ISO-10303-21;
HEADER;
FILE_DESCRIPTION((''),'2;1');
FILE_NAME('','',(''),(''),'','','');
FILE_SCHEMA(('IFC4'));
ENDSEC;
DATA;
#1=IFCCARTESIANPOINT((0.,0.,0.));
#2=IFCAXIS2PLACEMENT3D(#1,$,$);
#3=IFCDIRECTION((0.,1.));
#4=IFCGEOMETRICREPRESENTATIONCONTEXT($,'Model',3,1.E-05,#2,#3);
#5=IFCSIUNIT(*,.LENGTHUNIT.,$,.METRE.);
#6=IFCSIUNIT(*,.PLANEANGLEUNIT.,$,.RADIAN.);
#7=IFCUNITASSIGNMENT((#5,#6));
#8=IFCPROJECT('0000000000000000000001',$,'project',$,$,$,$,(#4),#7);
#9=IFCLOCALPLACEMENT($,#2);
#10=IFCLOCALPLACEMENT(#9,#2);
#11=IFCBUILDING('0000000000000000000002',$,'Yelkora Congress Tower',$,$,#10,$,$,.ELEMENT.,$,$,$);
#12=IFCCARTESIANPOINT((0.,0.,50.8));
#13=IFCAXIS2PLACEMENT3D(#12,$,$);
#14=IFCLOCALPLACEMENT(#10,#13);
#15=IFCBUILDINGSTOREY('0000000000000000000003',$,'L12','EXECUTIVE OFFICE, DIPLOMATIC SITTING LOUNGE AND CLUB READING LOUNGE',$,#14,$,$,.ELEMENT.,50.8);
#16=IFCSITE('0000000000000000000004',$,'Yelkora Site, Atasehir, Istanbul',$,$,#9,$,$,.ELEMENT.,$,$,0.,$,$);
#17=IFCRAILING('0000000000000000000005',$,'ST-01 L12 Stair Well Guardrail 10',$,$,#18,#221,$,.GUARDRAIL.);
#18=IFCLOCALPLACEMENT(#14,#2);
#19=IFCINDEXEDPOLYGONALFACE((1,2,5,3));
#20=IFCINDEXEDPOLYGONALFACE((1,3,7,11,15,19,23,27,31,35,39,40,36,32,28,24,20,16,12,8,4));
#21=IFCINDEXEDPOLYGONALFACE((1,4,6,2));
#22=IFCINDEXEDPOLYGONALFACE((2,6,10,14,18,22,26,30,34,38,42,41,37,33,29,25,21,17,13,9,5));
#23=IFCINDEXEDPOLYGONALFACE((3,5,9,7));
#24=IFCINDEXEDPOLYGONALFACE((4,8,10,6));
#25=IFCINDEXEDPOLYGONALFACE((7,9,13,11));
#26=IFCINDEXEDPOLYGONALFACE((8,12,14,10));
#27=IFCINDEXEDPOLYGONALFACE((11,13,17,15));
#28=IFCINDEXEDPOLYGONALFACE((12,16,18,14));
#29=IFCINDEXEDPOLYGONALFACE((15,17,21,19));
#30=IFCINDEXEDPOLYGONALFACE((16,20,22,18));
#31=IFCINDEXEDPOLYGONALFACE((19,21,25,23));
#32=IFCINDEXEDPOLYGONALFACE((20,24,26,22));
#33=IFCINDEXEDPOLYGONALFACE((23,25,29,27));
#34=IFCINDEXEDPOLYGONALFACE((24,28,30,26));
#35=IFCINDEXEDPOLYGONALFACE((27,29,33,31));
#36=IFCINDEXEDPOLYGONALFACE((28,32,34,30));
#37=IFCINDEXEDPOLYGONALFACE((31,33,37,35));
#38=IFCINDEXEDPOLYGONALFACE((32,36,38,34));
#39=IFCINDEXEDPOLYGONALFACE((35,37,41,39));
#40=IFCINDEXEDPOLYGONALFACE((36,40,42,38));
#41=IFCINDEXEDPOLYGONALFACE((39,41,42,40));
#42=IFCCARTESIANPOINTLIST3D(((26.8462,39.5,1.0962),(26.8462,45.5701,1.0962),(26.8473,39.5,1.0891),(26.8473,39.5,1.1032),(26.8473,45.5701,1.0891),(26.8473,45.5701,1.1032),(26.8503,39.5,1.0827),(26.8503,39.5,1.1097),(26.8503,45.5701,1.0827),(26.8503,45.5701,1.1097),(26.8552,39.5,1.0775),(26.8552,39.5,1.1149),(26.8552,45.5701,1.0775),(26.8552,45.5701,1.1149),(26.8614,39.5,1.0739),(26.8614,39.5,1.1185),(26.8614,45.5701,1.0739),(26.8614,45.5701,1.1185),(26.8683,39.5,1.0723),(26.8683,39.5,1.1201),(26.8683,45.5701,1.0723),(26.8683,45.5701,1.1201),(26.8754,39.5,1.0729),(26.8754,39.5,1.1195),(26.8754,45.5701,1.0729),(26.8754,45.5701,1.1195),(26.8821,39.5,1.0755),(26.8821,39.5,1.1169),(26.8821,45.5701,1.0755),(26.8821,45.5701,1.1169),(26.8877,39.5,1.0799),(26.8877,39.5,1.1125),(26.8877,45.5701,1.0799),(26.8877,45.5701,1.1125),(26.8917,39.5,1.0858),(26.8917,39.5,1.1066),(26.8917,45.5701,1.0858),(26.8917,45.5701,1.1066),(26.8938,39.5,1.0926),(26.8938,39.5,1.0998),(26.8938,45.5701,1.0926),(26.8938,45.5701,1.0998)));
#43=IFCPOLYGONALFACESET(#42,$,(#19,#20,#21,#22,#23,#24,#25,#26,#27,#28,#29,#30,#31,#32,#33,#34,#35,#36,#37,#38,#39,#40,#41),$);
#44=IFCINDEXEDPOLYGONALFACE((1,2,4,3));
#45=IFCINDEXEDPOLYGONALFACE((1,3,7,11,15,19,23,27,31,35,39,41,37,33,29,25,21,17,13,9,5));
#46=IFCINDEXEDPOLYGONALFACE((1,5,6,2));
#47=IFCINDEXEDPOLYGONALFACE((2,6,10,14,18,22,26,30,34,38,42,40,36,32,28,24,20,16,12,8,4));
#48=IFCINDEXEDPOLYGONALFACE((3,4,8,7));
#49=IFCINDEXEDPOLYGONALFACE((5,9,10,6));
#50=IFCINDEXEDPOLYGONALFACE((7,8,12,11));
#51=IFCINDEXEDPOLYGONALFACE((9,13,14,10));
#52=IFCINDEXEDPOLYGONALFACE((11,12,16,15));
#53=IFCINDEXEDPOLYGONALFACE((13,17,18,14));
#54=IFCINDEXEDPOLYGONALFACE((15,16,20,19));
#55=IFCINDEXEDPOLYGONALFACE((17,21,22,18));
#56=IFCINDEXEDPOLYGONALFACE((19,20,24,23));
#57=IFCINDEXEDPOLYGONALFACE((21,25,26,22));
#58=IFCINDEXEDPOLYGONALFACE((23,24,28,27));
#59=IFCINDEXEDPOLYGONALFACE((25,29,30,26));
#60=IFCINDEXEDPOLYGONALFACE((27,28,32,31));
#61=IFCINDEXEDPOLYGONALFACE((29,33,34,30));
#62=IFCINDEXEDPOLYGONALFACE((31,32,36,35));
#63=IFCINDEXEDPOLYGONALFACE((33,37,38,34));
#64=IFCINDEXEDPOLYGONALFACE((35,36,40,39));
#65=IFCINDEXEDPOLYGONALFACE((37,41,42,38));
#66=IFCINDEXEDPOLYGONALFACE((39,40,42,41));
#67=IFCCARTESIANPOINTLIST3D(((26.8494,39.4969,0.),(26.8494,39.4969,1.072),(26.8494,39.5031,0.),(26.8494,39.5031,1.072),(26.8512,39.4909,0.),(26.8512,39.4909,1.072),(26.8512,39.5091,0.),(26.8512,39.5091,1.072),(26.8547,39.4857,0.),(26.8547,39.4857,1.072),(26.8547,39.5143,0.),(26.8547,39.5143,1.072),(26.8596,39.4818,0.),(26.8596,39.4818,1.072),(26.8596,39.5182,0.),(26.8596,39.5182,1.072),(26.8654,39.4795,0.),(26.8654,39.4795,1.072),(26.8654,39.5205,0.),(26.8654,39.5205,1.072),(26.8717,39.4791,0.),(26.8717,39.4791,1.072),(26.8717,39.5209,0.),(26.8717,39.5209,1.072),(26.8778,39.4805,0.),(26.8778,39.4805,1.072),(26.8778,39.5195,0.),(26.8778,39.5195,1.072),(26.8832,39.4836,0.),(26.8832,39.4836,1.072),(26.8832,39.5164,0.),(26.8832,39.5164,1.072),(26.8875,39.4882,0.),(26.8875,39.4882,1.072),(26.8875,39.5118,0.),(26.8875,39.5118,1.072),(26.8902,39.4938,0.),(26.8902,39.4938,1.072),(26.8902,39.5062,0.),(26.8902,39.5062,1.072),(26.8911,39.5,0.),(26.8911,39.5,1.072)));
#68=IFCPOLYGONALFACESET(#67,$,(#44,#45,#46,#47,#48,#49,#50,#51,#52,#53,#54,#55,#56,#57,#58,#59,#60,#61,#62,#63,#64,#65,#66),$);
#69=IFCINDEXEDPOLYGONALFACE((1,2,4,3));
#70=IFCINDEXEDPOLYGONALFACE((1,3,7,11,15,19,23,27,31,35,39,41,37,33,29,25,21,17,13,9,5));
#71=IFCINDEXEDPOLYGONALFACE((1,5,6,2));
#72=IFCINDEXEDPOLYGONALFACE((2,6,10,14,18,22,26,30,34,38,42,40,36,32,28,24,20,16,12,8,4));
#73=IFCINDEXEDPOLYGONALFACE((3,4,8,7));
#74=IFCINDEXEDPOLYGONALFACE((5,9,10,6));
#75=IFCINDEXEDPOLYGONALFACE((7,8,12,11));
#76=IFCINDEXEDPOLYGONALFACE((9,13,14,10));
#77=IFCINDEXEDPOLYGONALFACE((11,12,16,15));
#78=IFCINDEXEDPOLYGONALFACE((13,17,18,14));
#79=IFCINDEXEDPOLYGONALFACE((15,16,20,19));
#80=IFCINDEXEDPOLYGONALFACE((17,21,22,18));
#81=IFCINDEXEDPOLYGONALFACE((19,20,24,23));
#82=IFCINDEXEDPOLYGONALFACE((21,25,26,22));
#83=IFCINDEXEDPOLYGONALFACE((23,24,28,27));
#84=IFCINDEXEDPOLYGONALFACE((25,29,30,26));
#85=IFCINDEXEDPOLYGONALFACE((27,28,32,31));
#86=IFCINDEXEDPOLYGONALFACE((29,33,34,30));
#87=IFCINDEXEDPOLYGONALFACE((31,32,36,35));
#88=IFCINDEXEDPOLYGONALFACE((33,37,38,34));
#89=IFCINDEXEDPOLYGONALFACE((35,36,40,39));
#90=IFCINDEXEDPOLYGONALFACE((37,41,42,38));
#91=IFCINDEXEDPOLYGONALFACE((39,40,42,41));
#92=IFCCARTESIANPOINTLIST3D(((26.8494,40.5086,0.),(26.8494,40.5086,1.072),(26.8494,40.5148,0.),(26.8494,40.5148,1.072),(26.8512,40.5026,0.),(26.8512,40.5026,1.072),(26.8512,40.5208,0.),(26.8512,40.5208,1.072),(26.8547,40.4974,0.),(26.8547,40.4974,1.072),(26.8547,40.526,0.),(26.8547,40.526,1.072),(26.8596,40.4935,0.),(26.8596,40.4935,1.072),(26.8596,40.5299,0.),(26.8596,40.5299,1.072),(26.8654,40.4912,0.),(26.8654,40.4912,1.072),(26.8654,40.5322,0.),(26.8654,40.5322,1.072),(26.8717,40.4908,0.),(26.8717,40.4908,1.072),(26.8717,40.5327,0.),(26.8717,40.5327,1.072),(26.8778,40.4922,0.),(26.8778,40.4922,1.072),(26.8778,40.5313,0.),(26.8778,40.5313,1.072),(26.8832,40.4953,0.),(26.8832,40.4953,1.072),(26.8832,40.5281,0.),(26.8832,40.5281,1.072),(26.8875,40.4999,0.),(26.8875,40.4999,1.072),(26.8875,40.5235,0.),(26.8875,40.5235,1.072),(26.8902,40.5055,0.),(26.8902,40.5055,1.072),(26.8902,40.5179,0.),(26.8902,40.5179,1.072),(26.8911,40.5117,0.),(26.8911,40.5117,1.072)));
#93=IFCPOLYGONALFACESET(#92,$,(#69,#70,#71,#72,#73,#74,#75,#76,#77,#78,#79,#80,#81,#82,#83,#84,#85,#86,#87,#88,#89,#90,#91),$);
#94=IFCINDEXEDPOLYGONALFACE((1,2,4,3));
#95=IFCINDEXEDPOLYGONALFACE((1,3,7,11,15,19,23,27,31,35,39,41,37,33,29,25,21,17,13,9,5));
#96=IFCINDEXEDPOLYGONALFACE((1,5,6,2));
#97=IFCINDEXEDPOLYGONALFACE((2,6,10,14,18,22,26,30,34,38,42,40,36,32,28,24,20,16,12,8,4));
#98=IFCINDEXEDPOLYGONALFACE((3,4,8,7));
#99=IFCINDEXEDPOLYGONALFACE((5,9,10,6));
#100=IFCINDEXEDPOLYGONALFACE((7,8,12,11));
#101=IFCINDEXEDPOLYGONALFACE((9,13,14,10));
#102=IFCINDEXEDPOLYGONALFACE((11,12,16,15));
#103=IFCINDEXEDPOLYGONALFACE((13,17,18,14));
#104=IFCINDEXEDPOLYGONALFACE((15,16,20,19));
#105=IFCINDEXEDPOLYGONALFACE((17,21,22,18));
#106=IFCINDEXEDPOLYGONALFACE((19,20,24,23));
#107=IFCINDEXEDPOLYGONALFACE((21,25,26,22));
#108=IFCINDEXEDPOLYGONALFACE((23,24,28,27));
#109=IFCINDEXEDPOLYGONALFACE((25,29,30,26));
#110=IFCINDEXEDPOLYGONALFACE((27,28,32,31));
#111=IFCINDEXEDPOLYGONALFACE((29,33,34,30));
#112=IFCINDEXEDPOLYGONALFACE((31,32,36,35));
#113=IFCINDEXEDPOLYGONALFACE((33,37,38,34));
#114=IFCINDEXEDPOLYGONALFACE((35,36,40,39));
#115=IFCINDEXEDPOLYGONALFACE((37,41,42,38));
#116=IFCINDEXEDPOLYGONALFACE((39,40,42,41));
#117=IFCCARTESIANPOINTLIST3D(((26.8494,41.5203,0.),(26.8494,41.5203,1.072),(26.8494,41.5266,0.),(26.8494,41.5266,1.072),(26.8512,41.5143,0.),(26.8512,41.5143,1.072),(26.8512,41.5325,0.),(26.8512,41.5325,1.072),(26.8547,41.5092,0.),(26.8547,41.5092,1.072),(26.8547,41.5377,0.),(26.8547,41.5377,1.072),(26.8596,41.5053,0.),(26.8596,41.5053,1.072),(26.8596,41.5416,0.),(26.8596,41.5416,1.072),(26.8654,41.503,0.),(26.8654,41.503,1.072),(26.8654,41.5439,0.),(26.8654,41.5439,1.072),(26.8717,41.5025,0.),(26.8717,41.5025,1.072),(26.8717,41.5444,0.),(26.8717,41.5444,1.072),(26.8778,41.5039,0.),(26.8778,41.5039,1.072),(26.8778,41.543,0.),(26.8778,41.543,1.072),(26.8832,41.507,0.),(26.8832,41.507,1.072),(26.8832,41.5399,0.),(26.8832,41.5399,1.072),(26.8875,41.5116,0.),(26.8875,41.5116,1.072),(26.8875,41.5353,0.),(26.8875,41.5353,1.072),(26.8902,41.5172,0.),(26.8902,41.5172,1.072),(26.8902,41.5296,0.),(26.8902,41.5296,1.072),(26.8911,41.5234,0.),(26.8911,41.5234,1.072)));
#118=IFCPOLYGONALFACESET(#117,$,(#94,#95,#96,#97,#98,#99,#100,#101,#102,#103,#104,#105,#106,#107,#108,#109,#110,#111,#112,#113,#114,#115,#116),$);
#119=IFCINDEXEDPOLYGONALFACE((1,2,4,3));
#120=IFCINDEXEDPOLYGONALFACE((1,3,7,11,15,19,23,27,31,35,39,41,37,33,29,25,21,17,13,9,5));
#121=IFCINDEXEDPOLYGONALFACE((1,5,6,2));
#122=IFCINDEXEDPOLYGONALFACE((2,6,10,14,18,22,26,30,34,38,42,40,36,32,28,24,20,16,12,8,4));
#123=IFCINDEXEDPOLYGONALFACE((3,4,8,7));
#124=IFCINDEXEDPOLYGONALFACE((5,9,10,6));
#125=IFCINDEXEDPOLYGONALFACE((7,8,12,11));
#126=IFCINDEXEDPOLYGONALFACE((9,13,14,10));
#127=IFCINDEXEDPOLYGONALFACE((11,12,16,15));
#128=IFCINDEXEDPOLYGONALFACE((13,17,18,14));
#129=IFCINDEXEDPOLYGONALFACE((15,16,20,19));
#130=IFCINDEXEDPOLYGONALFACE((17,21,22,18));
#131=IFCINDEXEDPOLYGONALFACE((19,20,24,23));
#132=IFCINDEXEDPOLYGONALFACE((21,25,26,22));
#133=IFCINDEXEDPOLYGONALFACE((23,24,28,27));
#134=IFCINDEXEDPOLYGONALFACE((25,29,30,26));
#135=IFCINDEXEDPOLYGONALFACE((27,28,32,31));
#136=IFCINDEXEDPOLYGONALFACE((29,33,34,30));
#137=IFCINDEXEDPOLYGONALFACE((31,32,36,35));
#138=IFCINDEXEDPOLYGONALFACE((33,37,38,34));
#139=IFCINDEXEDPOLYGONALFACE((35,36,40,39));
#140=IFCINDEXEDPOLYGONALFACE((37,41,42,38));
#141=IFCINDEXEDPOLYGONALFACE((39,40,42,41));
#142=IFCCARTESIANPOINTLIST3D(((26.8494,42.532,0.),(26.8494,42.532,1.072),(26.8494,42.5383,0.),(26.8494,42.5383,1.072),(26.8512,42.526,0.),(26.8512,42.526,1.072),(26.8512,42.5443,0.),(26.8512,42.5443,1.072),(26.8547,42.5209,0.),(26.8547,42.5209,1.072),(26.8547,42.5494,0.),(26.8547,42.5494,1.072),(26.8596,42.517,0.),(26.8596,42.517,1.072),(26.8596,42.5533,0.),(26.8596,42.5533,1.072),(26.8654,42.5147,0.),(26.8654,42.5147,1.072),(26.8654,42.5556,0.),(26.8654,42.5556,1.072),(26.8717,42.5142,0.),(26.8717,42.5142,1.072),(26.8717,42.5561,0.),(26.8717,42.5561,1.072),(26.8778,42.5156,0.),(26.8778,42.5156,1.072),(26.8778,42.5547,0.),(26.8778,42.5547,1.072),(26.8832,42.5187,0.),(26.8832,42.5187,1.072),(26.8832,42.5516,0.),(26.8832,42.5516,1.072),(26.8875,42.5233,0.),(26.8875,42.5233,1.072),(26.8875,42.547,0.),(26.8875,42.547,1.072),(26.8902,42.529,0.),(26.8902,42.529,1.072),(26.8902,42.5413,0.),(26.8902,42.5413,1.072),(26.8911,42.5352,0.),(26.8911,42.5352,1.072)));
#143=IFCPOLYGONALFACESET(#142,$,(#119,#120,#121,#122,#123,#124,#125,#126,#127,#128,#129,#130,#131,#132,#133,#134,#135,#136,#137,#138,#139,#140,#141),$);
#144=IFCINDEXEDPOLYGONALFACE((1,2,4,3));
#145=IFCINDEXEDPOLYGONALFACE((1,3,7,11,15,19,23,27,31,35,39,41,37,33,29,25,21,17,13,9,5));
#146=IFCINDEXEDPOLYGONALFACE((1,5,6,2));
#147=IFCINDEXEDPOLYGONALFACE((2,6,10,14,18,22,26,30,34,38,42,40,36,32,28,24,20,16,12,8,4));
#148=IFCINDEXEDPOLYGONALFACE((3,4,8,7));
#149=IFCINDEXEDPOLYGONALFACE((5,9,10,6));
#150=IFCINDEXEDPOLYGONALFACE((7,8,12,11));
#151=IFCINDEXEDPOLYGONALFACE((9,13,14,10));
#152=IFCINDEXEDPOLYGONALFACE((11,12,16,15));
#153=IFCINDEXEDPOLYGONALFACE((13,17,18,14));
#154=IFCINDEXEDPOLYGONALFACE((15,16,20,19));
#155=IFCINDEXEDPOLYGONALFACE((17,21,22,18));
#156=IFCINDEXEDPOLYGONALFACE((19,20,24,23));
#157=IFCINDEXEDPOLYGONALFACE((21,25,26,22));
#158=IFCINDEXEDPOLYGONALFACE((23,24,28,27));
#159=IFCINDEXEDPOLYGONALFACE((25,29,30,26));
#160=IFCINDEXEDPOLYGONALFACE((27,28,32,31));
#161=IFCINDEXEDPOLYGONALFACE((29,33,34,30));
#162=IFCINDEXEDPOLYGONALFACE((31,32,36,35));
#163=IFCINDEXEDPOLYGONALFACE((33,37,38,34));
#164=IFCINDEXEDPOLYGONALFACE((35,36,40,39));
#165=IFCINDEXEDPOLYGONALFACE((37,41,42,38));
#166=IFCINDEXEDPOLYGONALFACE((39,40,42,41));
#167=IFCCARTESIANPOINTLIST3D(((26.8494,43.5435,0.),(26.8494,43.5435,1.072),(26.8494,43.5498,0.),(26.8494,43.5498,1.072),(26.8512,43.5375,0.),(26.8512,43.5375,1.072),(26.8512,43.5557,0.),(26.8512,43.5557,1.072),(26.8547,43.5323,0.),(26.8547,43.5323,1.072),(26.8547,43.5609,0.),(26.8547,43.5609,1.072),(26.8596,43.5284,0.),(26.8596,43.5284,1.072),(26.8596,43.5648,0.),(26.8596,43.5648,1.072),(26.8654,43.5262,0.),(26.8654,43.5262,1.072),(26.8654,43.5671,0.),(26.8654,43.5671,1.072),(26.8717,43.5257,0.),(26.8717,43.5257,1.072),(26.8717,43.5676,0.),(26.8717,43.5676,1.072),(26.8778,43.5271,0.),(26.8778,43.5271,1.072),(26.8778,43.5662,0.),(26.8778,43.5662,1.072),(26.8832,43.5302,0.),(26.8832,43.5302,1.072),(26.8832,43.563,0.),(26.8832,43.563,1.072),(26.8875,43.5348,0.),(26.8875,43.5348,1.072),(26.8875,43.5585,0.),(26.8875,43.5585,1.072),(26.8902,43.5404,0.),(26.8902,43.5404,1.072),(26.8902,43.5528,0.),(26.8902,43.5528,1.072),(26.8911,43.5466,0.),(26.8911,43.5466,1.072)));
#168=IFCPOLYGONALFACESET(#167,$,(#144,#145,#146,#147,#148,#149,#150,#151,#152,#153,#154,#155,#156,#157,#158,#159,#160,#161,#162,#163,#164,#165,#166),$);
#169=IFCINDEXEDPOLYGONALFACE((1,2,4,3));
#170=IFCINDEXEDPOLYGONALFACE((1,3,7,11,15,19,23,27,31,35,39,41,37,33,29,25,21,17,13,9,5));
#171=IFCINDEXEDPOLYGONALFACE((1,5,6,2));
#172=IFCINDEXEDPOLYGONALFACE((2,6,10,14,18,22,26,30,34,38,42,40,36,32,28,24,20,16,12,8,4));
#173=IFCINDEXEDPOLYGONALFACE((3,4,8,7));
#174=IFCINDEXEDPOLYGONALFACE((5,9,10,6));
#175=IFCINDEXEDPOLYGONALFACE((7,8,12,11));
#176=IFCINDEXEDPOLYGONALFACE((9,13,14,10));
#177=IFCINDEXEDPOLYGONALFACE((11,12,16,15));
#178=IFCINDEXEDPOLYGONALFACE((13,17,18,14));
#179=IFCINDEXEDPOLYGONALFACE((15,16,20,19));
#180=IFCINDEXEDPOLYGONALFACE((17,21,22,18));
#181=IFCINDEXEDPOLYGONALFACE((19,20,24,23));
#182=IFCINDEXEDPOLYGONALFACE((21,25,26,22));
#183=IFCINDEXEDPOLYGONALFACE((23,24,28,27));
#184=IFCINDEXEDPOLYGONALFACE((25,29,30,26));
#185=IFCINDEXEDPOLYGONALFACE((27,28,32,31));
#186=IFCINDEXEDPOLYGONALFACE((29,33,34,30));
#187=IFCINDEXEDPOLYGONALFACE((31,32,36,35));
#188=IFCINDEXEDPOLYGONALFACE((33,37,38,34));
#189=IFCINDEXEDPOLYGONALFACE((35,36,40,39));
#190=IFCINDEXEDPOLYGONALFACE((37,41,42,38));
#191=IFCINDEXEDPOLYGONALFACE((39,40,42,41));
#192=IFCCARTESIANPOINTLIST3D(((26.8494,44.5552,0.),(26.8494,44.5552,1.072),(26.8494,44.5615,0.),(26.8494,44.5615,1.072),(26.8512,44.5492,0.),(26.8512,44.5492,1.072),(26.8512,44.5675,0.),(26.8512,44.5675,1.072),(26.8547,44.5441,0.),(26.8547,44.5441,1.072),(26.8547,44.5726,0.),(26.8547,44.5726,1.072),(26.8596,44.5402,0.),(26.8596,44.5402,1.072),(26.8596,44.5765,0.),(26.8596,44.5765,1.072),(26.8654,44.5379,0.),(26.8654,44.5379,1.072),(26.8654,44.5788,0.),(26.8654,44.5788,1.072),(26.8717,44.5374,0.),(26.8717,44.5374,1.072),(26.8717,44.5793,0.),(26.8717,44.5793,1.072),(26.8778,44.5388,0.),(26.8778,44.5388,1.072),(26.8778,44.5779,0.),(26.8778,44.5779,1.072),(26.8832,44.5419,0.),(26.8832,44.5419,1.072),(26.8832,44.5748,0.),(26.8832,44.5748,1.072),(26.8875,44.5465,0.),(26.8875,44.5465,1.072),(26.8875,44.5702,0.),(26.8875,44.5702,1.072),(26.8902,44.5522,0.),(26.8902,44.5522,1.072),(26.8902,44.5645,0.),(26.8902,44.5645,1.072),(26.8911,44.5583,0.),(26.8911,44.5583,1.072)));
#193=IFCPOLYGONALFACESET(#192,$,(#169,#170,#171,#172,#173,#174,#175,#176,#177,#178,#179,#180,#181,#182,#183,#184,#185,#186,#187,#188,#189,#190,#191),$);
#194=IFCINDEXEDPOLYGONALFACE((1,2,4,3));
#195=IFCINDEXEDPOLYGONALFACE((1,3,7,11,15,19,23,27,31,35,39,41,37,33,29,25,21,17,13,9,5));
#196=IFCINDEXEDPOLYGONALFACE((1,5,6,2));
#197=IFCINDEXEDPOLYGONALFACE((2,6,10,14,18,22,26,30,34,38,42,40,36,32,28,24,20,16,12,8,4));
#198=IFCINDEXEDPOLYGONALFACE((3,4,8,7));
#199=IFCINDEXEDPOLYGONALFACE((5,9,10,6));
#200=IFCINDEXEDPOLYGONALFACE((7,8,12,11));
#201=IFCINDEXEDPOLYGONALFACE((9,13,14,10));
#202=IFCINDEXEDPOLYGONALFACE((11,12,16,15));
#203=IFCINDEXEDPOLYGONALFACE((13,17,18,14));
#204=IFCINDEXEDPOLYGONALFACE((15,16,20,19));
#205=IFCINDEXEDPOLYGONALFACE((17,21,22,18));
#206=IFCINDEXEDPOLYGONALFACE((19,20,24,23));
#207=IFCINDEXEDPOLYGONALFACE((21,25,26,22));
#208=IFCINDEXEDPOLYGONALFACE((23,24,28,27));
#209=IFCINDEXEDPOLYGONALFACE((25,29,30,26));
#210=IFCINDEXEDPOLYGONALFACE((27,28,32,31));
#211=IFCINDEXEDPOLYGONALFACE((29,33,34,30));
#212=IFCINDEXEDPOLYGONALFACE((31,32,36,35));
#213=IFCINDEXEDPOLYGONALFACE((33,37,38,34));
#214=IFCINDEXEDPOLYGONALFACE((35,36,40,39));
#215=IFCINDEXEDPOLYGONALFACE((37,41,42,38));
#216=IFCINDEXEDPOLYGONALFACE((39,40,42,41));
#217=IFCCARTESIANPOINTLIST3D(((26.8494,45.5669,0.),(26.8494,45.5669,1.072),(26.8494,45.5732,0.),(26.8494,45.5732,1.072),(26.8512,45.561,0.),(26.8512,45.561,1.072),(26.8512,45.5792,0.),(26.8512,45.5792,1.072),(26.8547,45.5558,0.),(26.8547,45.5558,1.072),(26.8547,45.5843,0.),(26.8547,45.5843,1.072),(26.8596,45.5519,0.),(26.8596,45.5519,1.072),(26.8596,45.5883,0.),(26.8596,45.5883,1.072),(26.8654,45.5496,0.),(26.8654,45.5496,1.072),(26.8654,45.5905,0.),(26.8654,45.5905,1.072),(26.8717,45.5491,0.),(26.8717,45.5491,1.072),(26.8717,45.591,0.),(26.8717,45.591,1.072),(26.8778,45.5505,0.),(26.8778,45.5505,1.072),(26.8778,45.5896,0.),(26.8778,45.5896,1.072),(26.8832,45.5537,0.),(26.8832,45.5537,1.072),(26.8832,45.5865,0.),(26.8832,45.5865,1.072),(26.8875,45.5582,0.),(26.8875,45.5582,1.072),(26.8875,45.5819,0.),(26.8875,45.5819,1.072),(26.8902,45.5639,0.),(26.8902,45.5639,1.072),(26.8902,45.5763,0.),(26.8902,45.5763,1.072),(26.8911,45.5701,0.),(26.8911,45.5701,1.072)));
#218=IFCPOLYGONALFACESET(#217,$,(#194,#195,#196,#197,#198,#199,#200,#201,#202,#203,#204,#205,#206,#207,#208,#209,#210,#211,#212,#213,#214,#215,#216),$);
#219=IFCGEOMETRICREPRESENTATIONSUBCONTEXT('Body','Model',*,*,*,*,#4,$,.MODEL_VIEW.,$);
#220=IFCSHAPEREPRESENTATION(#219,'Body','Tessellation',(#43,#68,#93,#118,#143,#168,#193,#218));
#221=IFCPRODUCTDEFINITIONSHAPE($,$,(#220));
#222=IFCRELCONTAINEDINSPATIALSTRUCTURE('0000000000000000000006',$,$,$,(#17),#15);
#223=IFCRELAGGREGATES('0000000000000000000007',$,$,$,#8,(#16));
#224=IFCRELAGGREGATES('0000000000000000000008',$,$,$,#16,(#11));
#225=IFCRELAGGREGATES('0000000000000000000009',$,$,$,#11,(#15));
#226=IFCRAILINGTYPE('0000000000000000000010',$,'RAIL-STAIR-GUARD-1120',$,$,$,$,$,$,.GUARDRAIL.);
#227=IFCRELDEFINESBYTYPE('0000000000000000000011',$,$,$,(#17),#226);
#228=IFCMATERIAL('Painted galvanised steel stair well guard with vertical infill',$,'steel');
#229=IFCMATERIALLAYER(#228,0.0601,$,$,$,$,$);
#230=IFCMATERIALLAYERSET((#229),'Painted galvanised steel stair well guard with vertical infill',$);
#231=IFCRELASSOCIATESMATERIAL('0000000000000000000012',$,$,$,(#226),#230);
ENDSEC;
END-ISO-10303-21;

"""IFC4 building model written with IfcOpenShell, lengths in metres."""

from ifc_helpers import new_model, si_unit, direction, frame, origin, origin_2d, place, context, subcontext, project, spatial, circle, extrude, material, layer, layer_set, type_object, element, save


model = new_model("IFC4")

# Units and contexts
model_context = context("Model", 3, precision=1e-05, world=origin(), true_north=direction((0.0, 1.0)))
body_context = subcontext(model_context, "Body", "Model", "MODEL_VIEW")
ifc_project = project(units=[si_unit("LENGTHUNIT", "METRE"), si_unit("PLANEANGLEUNIT", "RADIAN")], contexts=[model_context])

# Site, building, storey
site_placement = place(None, origin())
site = spatial("IfcSite", under=ifc_project, at=site_placement, Name="Yelkora Site, Atasehir, Istanbul", CompositionType="ELEMENT", RefElevation=0.0)
building_placement = place(site_placement, origin())
building = spatial("IfcBuilding", under=site, at=building_placement, Name="Yelkora Congress Tower", CompositionType="ELEMENT")
storey_placement = place(building_placement, frame((0.0, 0.0, 50.8)))
storey = spatial("IfcBuildingStorey", under=building, at=storey_placement, Name="L12", Description="EXECUTIVE OFFICE, DIPLOMATIC SITTING LOUNGE AND CLUB READING LOUNGE", CompositionType="ELEMENT", Elevation=50.8)

# Railing
ifc_material_1 = material(Name="Painted galvanised steel stair well guard with vertical infill", Category="steel")
ifc_layer_1 = layer(ifc_material_1, 0.0601)
ifc_layer_set_1 = layer_set([ifc_layer_1], Name="Painted galvanised steel stair well guard with vertical infill")
railing_type_1 = type_object("IfcRailingType", Name="RAIL-STAIR-GUARD-1120", PredefinedType="GUARDRAIL", material=ifc_layer_set_1)
railing_1_placement = place(storey_placement, frame((26.8701, 39.5, 0.0)))
element("IfcRailing", 1, at=railing_1_placement, inside=storey, type_object=railing_type_1, Name="ST-01 L12 Stair Well Guardrail 10", PredefinedType="GUARDRAIL", context=body_context, shape_type="SweptSolid", body=[
    extrude(circle(Radius=0.0239, at=origin_2d()), frame((0.0, 0.0, 1.0962), z_axis=(0.0, 1.0, 0.0), x_axis=(-1.0, 0.0, 0.0)), (0.0, 0.0, 1.0), 6.0701),
    extrude(circle(Radius=0.021, at=origin_2d()), origin(), (0.0, 0.0, 1.0), 1.072),
    extrude(circle(Radius=0.021, at=origin_2d()), frame((0.0, 1.0117, 0.0)), (0.0, 0.0, 1.0), 1.072),
    extrude(circle(Radius=0.021, at=origin_2d()), frame((0.0, 2.0234, 0.0)), (0.0, 0.0, 1.0), 1.072),
    extrude(circle(Radius=0.021, at=origin_2d()), frame((0.0, 3.0352, 0.0)), (0.0, 0.0, 1.0), 1.072),
    extrude(circle(Radius=0.021, at=origin_2d()), frame((0.0, 4.0466, 0.0)), (0.0, 0.0, 1.0), 1.072),
    extrude(circle(Radius=0.021, at=origin_2d()), frame((0.0, 5.0583, 0.0)), (0.0, 0.0, 1.0), 1.072),
    extrude(circle(Radius=0.021, at=origin_2d()), frame((0.0, 6.0701, 0.0)), (0.0, 0.0, 1.0), 1.072),
])

save(model, "model.ifc")
